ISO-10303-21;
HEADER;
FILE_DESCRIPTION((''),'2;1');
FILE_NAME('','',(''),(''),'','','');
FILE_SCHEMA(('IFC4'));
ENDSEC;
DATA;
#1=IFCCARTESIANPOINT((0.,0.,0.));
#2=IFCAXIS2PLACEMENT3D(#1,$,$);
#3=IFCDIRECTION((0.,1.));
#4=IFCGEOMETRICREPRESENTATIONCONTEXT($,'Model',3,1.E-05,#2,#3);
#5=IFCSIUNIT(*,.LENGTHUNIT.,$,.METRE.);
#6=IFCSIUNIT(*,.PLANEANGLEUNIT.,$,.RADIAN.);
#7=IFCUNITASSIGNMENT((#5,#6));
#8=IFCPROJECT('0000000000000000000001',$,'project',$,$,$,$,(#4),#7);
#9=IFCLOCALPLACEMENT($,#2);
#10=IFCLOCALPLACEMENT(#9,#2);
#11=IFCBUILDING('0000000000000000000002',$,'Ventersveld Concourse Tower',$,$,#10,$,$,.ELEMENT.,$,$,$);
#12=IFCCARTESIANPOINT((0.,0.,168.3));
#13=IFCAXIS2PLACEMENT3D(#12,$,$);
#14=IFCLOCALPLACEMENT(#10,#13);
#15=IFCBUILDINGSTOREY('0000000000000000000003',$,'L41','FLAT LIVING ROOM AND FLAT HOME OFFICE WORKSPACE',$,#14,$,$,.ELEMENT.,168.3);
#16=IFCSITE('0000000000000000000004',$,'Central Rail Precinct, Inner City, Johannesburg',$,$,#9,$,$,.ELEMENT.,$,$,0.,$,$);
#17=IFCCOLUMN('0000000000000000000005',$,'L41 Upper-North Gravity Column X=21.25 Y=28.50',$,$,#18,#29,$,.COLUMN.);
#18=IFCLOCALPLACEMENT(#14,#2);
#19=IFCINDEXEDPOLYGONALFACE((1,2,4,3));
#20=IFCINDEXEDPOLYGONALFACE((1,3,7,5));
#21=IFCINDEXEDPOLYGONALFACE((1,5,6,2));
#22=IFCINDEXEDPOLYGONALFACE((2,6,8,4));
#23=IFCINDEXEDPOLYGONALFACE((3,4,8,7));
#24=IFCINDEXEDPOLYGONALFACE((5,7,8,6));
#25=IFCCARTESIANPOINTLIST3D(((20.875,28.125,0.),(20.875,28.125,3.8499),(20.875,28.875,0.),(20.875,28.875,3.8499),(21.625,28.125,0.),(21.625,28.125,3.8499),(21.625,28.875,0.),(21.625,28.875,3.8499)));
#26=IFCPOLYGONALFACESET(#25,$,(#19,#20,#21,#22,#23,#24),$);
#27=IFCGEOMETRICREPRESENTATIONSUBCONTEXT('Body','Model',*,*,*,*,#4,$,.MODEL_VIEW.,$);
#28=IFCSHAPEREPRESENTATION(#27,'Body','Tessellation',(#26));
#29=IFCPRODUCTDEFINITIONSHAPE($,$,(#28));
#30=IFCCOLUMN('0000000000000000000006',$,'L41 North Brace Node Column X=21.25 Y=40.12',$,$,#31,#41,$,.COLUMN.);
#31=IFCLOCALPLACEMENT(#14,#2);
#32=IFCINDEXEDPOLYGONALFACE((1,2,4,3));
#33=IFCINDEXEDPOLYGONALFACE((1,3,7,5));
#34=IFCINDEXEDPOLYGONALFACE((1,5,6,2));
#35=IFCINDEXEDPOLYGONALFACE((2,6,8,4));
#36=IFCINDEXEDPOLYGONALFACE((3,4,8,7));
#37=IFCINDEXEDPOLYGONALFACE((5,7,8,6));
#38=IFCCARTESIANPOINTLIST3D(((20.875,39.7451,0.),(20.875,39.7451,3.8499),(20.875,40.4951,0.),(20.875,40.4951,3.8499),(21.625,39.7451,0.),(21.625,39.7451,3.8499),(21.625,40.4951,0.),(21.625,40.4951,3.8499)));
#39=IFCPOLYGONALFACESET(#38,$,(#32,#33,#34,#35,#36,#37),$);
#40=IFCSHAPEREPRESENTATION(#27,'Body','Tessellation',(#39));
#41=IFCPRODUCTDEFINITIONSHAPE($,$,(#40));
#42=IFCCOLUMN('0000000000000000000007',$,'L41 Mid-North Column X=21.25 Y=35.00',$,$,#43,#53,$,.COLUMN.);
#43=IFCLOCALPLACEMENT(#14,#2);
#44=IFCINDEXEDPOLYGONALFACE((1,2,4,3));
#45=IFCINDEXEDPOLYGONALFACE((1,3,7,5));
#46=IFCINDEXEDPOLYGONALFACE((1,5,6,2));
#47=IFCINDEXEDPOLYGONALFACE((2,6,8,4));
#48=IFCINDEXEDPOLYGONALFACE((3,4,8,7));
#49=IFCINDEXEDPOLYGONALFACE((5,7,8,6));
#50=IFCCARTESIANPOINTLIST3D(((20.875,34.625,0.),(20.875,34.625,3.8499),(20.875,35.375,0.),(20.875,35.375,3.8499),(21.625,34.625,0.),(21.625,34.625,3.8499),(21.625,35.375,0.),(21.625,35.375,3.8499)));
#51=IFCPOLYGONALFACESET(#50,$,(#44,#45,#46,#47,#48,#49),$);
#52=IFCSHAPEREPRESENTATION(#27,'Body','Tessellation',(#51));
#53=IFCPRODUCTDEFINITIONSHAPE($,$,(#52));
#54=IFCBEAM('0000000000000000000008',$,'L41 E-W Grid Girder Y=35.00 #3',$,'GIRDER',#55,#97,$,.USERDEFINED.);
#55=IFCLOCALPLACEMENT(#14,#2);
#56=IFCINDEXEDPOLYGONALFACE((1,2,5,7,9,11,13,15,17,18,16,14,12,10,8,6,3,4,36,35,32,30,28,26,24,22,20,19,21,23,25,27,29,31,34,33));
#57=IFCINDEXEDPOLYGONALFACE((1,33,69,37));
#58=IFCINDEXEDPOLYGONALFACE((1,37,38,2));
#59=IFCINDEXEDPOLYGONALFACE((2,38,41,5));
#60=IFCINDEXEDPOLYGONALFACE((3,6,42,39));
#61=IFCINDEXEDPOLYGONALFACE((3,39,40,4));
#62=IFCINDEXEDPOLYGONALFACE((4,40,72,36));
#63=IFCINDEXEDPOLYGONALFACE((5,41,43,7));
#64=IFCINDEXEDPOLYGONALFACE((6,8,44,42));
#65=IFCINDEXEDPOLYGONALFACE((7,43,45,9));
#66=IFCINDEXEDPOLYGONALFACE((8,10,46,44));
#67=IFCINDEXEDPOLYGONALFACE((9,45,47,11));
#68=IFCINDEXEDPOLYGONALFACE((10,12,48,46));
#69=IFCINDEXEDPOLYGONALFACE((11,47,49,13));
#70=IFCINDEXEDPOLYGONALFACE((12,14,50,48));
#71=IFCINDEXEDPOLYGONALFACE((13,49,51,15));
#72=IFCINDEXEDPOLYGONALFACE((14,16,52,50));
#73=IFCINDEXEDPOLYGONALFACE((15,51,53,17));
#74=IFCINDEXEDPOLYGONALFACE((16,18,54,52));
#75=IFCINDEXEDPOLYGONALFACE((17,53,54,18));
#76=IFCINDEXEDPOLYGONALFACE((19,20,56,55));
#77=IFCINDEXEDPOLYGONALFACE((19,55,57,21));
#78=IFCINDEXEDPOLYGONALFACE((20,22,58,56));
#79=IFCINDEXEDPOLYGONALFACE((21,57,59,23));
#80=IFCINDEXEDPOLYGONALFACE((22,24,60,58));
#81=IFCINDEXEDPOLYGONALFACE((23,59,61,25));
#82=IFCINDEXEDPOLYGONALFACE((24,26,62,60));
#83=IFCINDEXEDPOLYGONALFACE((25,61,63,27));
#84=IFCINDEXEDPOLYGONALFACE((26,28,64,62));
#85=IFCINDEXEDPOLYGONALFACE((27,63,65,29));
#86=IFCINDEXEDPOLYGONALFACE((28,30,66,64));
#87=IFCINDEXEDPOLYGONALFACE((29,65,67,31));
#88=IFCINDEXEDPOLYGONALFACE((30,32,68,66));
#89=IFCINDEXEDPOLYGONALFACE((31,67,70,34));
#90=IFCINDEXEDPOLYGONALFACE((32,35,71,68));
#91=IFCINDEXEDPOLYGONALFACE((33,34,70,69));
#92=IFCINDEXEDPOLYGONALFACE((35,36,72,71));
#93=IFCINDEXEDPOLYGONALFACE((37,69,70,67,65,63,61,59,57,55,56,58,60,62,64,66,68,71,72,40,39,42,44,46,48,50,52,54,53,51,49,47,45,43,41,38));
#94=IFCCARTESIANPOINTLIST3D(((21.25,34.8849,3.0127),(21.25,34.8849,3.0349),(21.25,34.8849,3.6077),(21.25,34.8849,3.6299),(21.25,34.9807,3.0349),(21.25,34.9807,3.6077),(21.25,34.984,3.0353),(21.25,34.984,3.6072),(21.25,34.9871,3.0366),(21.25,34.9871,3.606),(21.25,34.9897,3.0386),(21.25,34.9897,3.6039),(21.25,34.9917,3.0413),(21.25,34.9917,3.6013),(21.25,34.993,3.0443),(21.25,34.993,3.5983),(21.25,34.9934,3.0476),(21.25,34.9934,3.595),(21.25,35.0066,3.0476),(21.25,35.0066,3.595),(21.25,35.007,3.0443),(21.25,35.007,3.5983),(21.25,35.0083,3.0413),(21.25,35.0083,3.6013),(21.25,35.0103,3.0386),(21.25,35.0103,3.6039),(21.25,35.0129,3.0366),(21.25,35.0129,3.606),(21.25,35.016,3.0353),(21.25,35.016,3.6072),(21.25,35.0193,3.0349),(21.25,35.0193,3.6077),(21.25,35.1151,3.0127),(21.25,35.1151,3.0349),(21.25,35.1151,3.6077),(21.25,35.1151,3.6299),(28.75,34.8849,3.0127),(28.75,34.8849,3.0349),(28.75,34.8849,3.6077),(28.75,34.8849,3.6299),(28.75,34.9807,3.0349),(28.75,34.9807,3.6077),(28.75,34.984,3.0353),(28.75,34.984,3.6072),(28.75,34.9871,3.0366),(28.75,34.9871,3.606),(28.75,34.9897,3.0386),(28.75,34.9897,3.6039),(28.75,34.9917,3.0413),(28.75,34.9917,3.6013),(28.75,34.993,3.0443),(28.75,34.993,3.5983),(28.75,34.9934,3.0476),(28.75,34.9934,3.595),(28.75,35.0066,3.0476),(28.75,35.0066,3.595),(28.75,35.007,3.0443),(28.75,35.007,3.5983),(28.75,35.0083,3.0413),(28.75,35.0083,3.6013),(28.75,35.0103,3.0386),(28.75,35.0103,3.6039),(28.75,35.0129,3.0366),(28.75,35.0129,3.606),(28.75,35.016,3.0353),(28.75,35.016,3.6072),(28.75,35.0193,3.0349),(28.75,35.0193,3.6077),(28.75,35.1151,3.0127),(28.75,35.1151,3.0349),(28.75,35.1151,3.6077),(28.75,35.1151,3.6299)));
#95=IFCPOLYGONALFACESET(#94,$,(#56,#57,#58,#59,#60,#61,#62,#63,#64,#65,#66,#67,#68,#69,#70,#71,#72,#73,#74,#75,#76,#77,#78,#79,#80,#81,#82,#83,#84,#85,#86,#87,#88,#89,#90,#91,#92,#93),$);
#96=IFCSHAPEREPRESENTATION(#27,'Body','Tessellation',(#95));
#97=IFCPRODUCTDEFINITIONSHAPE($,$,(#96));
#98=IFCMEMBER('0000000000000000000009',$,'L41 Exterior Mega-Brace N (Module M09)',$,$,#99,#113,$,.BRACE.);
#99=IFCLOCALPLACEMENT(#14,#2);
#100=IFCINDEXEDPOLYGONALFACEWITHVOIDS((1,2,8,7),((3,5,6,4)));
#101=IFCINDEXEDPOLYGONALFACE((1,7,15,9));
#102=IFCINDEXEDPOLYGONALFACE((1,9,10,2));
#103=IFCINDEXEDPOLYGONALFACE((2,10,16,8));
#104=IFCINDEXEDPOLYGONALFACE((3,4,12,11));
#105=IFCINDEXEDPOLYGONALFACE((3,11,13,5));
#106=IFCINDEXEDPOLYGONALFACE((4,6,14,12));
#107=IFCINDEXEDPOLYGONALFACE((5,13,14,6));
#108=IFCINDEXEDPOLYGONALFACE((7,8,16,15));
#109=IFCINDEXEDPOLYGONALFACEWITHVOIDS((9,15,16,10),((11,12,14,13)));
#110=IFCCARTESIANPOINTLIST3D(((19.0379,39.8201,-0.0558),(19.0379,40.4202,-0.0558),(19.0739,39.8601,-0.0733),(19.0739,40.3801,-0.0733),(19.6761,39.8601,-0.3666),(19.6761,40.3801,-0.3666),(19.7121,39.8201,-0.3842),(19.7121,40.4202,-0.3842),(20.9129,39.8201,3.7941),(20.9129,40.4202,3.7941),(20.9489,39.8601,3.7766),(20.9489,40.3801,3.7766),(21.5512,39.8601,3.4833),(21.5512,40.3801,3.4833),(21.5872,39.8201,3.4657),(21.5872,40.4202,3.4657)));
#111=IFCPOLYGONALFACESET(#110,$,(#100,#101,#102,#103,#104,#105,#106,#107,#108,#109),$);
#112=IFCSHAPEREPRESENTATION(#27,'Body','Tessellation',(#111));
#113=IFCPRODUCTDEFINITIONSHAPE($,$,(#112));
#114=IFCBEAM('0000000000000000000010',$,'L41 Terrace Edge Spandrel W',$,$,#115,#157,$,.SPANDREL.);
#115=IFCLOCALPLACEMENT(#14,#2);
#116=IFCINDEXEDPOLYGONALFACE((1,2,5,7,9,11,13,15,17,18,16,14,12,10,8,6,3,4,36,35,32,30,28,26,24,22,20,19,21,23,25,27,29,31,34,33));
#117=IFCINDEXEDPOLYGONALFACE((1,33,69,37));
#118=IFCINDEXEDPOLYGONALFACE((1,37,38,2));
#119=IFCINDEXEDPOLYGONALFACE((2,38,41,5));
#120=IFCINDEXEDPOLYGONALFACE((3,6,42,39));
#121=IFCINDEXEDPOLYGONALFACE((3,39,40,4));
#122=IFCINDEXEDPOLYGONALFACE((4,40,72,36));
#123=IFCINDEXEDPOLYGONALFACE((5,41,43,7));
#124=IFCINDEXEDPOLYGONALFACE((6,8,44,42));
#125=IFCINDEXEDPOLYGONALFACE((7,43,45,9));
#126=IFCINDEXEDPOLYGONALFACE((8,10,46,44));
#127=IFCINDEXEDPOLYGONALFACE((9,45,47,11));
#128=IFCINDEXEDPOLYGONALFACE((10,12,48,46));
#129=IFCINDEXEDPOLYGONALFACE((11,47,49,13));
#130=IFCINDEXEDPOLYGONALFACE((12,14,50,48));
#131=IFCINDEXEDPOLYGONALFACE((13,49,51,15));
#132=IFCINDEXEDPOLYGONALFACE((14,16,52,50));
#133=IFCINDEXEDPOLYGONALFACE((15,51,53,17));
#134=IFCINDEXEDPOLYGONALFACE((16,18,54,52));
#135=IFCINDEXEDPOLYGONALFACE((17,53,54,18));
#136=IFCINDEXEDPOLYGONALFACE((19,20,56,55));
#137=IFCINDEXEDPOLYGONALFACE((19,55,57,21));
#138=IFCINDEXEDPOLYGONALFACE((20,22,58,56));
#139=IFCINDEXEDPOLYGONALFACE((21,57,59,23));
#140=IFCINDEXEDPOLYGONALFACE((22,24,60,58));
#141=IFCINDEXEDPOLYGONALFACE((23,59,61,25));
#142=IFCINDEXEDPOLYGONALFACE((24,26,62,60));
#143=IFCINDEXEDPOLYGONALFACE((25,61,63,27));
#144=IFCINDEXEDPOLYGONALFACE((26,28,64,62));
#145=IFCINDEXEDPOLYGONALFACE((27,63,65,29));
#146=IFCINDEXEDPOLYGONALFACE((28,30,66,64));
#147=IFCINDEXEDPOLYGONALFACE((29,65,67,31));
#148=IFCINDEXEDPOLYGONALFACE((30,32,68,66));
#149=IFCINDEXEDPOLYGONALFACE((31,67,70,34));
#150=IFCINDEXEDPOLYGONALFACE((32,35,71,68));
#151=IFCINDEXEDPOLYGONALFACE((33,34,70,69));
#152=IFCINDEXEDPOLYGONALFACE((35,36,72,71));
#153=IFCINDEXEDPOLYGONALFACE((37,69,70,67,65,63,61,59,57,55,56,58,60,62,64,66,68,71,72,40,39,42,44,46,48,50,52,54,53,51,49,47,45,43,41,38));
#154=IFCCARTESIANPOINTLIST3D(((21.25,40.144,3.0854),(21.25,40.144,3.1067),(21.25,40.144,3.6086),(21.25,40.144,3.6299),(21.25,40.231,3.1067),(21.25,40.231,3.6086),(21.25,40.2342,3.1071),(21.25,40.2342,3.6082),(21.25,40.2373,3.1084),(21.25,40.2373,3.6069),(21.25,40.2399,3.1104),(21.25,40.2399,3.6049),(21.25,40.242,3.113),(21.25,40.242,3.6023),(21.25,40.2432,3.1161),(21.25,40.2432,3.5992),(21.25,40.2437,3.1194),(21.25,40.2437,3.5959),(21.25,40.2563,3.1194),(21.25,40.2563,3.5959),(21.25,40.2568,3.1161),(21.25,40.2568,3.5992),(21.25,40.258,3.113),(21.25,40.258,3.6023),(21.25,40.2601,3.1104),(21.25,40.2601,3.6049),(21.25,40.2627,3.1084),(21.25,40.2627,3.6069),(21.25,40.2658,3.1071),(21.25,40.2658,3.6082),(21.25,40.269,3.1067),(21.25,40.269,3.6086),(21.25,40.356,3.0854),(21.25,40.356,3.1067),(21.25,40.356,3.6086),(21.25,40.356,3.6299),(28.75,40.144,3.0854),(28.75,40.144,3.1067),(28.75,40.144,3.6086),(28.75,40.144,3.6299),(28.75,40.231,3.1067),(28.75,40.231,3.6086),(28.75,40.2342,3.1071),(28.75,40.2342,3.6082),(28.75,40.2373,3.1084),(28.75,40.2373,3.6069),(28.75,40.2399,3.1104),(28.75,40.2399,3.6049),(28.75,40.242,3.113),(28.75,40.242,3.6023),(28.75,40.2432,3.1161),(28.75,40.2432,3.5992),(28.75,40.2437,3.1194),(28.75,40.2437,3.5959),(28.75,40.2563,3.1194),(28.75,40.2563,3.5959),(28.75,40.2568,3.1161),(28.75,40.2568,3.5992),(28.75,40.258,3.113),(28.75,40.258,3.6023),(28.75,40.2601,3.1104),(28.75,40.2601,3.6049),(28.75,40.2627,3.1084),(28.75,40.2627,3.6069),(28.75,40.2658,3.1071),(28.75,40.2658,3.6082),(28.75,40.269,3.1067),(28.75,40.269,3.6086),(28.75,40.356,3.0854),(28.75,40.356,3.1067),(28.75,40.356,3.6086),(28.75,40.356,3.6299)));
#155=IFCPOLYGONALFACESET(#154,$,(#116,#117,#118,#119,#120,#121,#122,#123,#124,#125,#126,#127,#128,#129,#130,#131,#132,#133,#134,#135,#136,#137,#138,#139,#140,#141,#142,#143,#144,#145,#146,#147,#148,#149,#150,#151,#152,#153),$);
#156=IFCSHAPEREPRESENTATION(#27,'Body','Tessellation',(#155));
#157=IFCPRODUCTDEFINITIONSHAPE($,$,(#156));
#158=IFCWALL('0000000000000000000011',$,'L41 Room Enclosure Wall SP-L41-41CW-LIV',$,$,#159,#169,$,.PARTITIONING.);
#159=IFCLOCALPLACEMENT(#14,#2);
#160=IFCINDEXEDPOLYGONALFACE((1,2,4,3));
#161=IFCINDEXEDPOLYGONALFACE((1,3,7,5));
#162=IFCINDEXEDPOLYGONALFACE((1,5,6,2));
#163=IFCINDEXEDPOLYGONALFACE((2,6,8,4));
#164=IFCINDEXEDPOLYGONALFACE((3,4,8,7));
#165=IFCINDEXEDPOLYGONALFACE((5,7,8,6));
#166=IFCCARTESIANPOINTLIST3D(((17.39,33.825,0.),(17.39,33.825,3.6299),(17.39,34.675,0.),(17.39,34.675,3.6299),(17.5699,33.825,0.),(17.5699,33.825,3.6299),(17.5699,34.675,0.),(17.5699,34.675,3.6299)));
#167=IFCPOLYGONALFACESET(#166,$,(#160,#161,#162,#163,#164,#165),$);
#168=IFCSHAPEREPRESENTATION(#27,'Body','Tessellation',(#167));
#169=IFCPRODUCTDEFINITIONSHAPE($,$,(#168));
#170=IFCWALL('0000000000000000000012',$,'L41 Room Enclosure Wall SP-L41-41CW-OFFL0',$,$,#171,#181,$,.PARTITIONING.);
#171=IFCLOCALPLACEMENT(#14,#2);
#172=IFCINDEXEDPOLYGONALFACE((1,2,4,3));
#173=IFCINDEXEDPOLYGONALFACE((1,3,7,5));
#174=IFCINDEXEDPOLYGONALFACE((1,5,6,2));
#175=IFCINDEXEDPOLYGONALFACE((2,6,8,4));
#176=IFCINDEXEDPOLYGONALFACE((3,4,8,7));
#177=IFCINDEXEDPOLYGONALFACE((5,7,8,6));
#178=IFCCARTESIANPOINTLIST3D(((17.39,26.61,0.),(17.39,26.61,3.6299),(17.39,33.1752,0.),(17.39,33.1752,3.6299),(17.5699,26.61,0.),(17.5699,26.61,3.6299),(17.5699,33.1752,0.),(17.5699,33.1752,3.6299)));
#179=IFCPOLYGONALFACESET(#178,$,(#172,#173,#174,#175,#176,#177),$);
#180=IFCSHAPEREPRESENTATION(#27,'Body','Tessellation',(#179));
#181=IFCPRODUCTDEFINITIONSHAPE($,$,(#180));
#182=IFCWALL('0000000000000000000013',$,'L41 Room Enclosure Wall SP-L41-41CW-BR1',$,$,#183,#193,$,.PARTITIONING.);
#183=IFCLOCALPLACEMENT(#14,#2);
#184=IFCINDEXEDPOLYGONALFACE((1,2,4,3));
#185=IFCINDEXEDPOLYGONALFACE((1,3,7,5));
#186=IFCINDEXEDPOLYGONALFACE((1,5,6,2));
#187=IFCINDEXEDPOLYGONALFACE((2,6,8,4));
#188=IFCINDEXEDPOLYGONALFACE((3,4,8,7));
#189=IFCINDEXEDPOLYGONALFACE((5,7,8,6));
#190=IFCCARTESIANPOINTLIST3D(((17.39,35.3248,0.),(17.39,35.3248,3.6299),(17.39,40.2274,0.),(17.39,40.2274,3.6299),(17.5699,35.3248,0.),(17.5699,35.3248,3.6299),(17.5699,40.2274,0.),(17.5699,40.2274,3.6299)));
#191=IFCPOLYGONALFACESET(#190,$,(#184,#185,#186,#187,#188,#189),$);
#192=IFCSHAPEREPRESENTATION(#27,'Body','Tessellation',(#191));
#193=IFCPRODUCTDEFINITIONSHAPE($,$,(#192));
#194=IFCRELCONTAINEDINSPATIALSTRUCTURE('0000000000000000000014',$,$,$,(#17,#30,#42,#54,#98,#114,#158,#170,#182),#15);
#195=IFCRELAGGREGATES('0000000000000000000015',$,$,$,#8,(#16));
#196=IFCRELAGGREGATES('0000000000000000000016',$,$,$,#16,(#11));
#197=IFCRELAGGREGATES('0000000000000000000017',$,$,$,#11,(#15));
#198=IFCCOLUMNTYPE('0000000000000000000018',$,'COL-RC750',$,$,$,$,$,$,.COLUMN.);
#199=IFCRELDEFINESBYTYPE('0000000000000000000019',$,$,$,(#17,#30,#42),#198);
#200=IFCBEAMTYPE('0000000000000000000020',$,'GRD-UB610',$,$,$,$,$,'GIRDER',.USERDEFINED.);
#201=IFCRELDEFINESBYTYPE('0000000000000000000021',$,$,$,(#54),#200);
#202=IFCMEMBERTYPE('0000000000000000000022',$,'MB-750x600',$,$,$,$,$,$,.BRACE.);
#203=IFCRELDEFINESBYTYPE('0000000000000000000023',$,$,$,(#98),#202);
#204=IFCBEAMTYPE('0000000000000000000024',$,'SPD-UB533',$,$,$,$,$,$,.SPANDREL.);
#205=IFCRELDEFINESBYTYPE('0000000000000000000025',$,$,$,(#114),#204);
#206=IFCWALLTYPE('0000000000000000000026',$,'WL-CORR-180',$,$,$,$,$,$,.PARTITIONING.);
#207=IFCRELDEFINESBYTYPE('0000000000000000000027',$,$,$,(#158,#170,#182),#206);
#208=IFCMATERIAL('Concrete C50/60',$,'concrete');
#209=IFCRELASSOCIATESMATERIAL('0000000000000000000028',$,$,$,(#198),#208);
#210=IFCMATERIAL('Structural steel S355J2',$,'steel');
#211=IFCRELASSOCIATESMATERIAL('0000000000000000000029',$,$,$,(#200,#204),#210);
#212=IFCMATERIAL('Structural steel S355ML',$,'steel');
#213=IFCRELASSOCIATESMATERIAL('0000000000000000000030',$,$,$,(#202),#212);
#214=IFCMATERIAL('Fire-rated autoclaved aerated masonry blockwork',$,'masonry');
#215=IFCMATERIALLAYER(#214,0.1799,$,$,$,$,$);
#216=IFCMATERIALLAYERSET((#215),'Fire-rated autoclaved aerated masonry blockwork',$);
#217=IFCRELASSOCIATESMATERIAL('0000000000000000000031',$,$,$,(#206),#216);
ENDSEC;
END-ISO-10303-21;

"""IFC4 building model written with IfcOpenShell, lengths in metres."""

from ifc_helpers import new_model, si_unit, direction, frame, frame_2d, origin, origin_2d, place, context, subcontext, project, spatial, rectangle, hollow_rectangle, i_section, extrude, material, layer, layer_set, material_profile, profile_set, type_object, element, save


model = new_model("IFC4")

# Units and contexts
model_context = context("Model", 3, precision=1e-05, world=origin(), true_north=direction((0.0, 1.0)))
body_context = subcontext(model_context, "Body", "Model", "MODEL_VIEW")
ifc_project = project(units=[si_unit("LENGTHUNIT", "METRE"), si_unit("PLANEANGLEUNIT", "RADIAN")], contexts=[model_context])

# Site, building, storey
site_placement = place(None, origin())
site = spatial("IfcSite", under=ifc_project, at=site_placement, Name="Central Rail Precinct, Inner City, Johannesburg", CompositionType="ELEMENT", RefElevation=0.0)
building_placement = place(site_placement, origin())
building = spatial("IfcBuilding", under=site, at=building_placement, Name="Ventersveld Concourse Tower", CompositionType="ELEMENT")
storey_placement = place(building_placement, frame((0.0, 0.0, 168.3)))
storey = spatial("IfcBuildingStorey", under=building, at=storey_placement, Name="L41", Description="FLAT LIVING ROOM AND FLAT HOME OFFICE WORKSPACE", CompositionType="ELEMENT", Elevation=168.3)

# Columns
ifc_material_1 = material(Name="Concrete C50/60", Category="concrete")
ifc_material_profile_1 = material_profile(ifc_material_1, rectangle(XDim=0.75, YDim=0.75, at=origin_2d()), Name="RC 750x750")
ifc_profile_set_1 = profile_set([ifc_material_profile_1], Name="Concrete C50/60")
column_type = type_object("IfcColumnType", Name="COL-RC750", PredefinedType="COLUMN", material=ifc_profile_set_1)
for number, where, z_axis, x_axis, name in (
    (1, (21.25, 28.5, 0.0), (0.0, 0.0, 1.0), (1.0, 0.0, 0.0), "L41 Upper-North Gravity Column X=21.25 Y=28.50"),
    (2, (21.25, 40.1201, 0.0), (0.0, 0.0, 1.0), (1.0, 0.0, 0.0), "L41 North Brace Node Column X=21.25 Y=40.12"),
    (3, (21.25, 35.0, 0.0), (0.0, 0.0, 1.0), (1.0, 0.0, 0.0), "L41 Mid-North Column X=21.25 Y=35.00"),
):
    element("IfcColumn", number, at=place(storey_placement, frame(where, z_axis=z_axis, x_axis=x_axis)), inside=storey, type_object=column_type, Name=name, PredefinedType="COLUMN", context=body_context, shape_type="SweptSolid", body=[
        extrude(rectangle(XDim=0.75, YDim=0.75, at=origin_2d()), origin(), (0.0, 0.0, 1.0), 3.8499),
    ])

# Beam
ifc_material_2 = material(Name="Structural steel S355J2", Category="steel")
ifc_material_profile_2 = material_profile(ifc_material_2, i_section(OverallWidth=0.2302, OverallDepth=0.6172, WebThickness=0.0132, FlangeThickness=0.0222, FilletRadius=0.0127, at=origin_2d()), Name="UB 610x229x140")
ifc_profile_set_2 = profile_set([ifc_material_profile_2], Name="Structural steel S355J2")
beam_type_1 = type_object("IfcBeamType", Name="GRD-UB610", ElementType="GIRDER", PredefinedType="USERDEFINED", material=ifc_profile_set_2)
beam_1_placement = place(storey_placement, frame((21.25, 35.0, 3.3213), z_axis=(1.0, 0.0, 0.0), x_axis=(0.0, 1.0, 0.0)))
element("IfcBeam", 4, at=beam_1_placement, inside=storey, type_object=beam_type_1, Name="L41 E-W Grid Girder Y=35.00 #3", ObjectType="GIRDER", PredefinedType="USERDEFINED", context=body_context, shape_type="SweptSolid", body=[
    extrude(i_section(OverallWidth=0.2302, OverallDepth=0.6172, WebThickness=0.0132, FlangeThickness=0.0222, FilletRadius=0.0127, at=origin_2d()), origin(), (0.0, 0.0, 1.0), 7.5),
])

# Member
ifc_material_3 = material(Name="Structural steel S355ML", Category="steel")
ifc_material_profile_3 = material_profile(ifc_material_3, hollow_rectangle(XDim=0.6001, YDim=0.75, WallThickness=0.04, at=origin_2d()), Name="BOX 750x600x40")
ifc_profile_set_3 = profile_set([ifc_material_profile_3], Name="Structural steel S355ML")
member_type = type_object("IfcMemberType", Name="MB-750x600", PredefinedType="BRACE", material=ifc_profile_set_3)
member_placement = place(storey_placement, frame((19.375, 40.1201, -0.22), z_axis=(0.437862, 0.0, 0.899042), x_axis=(0.0, 1.0, 0.0)))
element("IfcMember", 5, at=member_placement, inside=storey, type_object=member_type, Name="L41 Exterior Mega-Brace N (Module M09)", PredefinedType="BRACE", context=body_context, shape_type="SweptSolid", body=[
    extrude(hollow_rectangle(XDim=0.6001, YDim=0.75, WallThickness=0.04, at=origin_2d()), origin(), (0.0, 0.0, 1.0), 4.2822),
])

# Beam
ifc_material_profile_4 = material_profile(ifc_material_2, i_section(OverallWidth=0.2119, OverallDepth=0.5444, WebThickness=0.0127, FlangeThickness=0.0212, FilletRadius=0.0127, at=origin_2d()), Name="UB 533x210x122")
ifc_profile_set_4 = profile_set([ifc_material_profile_4], Name="Structural steel S355J2")
beam_type_2 = type_object("IfcBeamType", Name="SPD-UB533", PredefinedType="SPANDREL", material=ifc_profile_set_4)
beam_2_placement = place(storey_placement, frame((21.25, 40.25, 3.3577), z_axis=(1.0, 0.0, 0.0), x_axis=(0.0, 1.0, 0.0)))
element("IfcBeam", 6, at=beam_2_placement, inside=storey, type_object=beam_type_2, Name="L41 Terrace Edge Spandrel W", PredefinedType="SPANDREL", context=body_context, shape_type="SweptSolid", body=[
    extrude(i_section(OverallWidth=0.2119, OverallDepth=0.5444, WebThickness=0.0127, FlangeThickness=0.0212, FilletRadius=0.0127, at=origin_2d()), origin(), (0.0, 0.0, 1.0), 7.5),
])

# Walls
ifc_material_4 = material(Name="Fire-rated autoclaved aerated masonry blockwork", Category="masonry")
ifc_layer_1 = layer(ifc_material_4, 0.1799)
ifc_layer_set_1 = layer_set([ifc_layer_1], Name="Fire-rated autoclaved aerated masonry blockwork")
wall_type_1 = type_object("IfcWallType", Name="WL-CORR-180", PredefinedType="PARTITIONING", material=ifc_layer_set_1)
wall_1_placement = place(storey_placement, frame((17.48, 33.825, 0.0), z_axis=(0.0, 0.0, 1.0), x_axis=(0.0, 1.0, 0.0)))
element("IfcWall", 7, at=wall_1_placement, inside=storey, type_object=wall_type_1, Name="L41 Room Enclosure Wall SP-L41-41CW-LIV", PredefinedType="PARTITIONING", context=body_context, shape_type="SweptSolid", body=[
    extrude(rectangle(XDim=0.8501, YDim=0.1799, at=frame_2d((0.425, 0.0))), origin(), (0.0, 0.0, 1.0), 3.6299),
])
wall_2_placement = place(storey_placement, frame((17.48, 26.6099, 0.0), z_axis=(0.0, 0.0, 1.0), x_axis=(0.0, 1.0, 0.0)))
element("IfcWall", 8, at=wall_2_placement, inside=storey, type_object=wall_type_1, Name="L41 Room Enclosure Wall SP-L41-41CW-OFFL0", PredefinedType="PARTITIONING", context=body_context, shape_type="SweptSolid", body=[
    extrude(rectangle(XDim=6.5652, YDim=0.1799, at=frame_2d((3.2827, 0.0))), origin(), (0.0, 0.0, 1.0), 3.6299),
])
wall_3_placement = place(storey_placement, frame((17.48, 35.325, 0.0), z_axis=(0.0, 0.0, 1.0), x_axis=(0.0, 1.0, 0.0)))
element("IfcWall", 9, at=wall_3_placement, inside=storey, type_object=wall_type_1, Name="L41 Room Enclosure Wall SP-L41-41CW-BR1", PredefinedType="PARTITIONING", context=body_context, shape_type="SweptSolid", body=[
    extrude(rectangle(XDim=4.9026, YDim=0.1799, at=frame_2d((2.4512, 0.0))), origin(), (0.0, 0.0, 1.0), 3.6299),
])

save(model, "model.ifc")
